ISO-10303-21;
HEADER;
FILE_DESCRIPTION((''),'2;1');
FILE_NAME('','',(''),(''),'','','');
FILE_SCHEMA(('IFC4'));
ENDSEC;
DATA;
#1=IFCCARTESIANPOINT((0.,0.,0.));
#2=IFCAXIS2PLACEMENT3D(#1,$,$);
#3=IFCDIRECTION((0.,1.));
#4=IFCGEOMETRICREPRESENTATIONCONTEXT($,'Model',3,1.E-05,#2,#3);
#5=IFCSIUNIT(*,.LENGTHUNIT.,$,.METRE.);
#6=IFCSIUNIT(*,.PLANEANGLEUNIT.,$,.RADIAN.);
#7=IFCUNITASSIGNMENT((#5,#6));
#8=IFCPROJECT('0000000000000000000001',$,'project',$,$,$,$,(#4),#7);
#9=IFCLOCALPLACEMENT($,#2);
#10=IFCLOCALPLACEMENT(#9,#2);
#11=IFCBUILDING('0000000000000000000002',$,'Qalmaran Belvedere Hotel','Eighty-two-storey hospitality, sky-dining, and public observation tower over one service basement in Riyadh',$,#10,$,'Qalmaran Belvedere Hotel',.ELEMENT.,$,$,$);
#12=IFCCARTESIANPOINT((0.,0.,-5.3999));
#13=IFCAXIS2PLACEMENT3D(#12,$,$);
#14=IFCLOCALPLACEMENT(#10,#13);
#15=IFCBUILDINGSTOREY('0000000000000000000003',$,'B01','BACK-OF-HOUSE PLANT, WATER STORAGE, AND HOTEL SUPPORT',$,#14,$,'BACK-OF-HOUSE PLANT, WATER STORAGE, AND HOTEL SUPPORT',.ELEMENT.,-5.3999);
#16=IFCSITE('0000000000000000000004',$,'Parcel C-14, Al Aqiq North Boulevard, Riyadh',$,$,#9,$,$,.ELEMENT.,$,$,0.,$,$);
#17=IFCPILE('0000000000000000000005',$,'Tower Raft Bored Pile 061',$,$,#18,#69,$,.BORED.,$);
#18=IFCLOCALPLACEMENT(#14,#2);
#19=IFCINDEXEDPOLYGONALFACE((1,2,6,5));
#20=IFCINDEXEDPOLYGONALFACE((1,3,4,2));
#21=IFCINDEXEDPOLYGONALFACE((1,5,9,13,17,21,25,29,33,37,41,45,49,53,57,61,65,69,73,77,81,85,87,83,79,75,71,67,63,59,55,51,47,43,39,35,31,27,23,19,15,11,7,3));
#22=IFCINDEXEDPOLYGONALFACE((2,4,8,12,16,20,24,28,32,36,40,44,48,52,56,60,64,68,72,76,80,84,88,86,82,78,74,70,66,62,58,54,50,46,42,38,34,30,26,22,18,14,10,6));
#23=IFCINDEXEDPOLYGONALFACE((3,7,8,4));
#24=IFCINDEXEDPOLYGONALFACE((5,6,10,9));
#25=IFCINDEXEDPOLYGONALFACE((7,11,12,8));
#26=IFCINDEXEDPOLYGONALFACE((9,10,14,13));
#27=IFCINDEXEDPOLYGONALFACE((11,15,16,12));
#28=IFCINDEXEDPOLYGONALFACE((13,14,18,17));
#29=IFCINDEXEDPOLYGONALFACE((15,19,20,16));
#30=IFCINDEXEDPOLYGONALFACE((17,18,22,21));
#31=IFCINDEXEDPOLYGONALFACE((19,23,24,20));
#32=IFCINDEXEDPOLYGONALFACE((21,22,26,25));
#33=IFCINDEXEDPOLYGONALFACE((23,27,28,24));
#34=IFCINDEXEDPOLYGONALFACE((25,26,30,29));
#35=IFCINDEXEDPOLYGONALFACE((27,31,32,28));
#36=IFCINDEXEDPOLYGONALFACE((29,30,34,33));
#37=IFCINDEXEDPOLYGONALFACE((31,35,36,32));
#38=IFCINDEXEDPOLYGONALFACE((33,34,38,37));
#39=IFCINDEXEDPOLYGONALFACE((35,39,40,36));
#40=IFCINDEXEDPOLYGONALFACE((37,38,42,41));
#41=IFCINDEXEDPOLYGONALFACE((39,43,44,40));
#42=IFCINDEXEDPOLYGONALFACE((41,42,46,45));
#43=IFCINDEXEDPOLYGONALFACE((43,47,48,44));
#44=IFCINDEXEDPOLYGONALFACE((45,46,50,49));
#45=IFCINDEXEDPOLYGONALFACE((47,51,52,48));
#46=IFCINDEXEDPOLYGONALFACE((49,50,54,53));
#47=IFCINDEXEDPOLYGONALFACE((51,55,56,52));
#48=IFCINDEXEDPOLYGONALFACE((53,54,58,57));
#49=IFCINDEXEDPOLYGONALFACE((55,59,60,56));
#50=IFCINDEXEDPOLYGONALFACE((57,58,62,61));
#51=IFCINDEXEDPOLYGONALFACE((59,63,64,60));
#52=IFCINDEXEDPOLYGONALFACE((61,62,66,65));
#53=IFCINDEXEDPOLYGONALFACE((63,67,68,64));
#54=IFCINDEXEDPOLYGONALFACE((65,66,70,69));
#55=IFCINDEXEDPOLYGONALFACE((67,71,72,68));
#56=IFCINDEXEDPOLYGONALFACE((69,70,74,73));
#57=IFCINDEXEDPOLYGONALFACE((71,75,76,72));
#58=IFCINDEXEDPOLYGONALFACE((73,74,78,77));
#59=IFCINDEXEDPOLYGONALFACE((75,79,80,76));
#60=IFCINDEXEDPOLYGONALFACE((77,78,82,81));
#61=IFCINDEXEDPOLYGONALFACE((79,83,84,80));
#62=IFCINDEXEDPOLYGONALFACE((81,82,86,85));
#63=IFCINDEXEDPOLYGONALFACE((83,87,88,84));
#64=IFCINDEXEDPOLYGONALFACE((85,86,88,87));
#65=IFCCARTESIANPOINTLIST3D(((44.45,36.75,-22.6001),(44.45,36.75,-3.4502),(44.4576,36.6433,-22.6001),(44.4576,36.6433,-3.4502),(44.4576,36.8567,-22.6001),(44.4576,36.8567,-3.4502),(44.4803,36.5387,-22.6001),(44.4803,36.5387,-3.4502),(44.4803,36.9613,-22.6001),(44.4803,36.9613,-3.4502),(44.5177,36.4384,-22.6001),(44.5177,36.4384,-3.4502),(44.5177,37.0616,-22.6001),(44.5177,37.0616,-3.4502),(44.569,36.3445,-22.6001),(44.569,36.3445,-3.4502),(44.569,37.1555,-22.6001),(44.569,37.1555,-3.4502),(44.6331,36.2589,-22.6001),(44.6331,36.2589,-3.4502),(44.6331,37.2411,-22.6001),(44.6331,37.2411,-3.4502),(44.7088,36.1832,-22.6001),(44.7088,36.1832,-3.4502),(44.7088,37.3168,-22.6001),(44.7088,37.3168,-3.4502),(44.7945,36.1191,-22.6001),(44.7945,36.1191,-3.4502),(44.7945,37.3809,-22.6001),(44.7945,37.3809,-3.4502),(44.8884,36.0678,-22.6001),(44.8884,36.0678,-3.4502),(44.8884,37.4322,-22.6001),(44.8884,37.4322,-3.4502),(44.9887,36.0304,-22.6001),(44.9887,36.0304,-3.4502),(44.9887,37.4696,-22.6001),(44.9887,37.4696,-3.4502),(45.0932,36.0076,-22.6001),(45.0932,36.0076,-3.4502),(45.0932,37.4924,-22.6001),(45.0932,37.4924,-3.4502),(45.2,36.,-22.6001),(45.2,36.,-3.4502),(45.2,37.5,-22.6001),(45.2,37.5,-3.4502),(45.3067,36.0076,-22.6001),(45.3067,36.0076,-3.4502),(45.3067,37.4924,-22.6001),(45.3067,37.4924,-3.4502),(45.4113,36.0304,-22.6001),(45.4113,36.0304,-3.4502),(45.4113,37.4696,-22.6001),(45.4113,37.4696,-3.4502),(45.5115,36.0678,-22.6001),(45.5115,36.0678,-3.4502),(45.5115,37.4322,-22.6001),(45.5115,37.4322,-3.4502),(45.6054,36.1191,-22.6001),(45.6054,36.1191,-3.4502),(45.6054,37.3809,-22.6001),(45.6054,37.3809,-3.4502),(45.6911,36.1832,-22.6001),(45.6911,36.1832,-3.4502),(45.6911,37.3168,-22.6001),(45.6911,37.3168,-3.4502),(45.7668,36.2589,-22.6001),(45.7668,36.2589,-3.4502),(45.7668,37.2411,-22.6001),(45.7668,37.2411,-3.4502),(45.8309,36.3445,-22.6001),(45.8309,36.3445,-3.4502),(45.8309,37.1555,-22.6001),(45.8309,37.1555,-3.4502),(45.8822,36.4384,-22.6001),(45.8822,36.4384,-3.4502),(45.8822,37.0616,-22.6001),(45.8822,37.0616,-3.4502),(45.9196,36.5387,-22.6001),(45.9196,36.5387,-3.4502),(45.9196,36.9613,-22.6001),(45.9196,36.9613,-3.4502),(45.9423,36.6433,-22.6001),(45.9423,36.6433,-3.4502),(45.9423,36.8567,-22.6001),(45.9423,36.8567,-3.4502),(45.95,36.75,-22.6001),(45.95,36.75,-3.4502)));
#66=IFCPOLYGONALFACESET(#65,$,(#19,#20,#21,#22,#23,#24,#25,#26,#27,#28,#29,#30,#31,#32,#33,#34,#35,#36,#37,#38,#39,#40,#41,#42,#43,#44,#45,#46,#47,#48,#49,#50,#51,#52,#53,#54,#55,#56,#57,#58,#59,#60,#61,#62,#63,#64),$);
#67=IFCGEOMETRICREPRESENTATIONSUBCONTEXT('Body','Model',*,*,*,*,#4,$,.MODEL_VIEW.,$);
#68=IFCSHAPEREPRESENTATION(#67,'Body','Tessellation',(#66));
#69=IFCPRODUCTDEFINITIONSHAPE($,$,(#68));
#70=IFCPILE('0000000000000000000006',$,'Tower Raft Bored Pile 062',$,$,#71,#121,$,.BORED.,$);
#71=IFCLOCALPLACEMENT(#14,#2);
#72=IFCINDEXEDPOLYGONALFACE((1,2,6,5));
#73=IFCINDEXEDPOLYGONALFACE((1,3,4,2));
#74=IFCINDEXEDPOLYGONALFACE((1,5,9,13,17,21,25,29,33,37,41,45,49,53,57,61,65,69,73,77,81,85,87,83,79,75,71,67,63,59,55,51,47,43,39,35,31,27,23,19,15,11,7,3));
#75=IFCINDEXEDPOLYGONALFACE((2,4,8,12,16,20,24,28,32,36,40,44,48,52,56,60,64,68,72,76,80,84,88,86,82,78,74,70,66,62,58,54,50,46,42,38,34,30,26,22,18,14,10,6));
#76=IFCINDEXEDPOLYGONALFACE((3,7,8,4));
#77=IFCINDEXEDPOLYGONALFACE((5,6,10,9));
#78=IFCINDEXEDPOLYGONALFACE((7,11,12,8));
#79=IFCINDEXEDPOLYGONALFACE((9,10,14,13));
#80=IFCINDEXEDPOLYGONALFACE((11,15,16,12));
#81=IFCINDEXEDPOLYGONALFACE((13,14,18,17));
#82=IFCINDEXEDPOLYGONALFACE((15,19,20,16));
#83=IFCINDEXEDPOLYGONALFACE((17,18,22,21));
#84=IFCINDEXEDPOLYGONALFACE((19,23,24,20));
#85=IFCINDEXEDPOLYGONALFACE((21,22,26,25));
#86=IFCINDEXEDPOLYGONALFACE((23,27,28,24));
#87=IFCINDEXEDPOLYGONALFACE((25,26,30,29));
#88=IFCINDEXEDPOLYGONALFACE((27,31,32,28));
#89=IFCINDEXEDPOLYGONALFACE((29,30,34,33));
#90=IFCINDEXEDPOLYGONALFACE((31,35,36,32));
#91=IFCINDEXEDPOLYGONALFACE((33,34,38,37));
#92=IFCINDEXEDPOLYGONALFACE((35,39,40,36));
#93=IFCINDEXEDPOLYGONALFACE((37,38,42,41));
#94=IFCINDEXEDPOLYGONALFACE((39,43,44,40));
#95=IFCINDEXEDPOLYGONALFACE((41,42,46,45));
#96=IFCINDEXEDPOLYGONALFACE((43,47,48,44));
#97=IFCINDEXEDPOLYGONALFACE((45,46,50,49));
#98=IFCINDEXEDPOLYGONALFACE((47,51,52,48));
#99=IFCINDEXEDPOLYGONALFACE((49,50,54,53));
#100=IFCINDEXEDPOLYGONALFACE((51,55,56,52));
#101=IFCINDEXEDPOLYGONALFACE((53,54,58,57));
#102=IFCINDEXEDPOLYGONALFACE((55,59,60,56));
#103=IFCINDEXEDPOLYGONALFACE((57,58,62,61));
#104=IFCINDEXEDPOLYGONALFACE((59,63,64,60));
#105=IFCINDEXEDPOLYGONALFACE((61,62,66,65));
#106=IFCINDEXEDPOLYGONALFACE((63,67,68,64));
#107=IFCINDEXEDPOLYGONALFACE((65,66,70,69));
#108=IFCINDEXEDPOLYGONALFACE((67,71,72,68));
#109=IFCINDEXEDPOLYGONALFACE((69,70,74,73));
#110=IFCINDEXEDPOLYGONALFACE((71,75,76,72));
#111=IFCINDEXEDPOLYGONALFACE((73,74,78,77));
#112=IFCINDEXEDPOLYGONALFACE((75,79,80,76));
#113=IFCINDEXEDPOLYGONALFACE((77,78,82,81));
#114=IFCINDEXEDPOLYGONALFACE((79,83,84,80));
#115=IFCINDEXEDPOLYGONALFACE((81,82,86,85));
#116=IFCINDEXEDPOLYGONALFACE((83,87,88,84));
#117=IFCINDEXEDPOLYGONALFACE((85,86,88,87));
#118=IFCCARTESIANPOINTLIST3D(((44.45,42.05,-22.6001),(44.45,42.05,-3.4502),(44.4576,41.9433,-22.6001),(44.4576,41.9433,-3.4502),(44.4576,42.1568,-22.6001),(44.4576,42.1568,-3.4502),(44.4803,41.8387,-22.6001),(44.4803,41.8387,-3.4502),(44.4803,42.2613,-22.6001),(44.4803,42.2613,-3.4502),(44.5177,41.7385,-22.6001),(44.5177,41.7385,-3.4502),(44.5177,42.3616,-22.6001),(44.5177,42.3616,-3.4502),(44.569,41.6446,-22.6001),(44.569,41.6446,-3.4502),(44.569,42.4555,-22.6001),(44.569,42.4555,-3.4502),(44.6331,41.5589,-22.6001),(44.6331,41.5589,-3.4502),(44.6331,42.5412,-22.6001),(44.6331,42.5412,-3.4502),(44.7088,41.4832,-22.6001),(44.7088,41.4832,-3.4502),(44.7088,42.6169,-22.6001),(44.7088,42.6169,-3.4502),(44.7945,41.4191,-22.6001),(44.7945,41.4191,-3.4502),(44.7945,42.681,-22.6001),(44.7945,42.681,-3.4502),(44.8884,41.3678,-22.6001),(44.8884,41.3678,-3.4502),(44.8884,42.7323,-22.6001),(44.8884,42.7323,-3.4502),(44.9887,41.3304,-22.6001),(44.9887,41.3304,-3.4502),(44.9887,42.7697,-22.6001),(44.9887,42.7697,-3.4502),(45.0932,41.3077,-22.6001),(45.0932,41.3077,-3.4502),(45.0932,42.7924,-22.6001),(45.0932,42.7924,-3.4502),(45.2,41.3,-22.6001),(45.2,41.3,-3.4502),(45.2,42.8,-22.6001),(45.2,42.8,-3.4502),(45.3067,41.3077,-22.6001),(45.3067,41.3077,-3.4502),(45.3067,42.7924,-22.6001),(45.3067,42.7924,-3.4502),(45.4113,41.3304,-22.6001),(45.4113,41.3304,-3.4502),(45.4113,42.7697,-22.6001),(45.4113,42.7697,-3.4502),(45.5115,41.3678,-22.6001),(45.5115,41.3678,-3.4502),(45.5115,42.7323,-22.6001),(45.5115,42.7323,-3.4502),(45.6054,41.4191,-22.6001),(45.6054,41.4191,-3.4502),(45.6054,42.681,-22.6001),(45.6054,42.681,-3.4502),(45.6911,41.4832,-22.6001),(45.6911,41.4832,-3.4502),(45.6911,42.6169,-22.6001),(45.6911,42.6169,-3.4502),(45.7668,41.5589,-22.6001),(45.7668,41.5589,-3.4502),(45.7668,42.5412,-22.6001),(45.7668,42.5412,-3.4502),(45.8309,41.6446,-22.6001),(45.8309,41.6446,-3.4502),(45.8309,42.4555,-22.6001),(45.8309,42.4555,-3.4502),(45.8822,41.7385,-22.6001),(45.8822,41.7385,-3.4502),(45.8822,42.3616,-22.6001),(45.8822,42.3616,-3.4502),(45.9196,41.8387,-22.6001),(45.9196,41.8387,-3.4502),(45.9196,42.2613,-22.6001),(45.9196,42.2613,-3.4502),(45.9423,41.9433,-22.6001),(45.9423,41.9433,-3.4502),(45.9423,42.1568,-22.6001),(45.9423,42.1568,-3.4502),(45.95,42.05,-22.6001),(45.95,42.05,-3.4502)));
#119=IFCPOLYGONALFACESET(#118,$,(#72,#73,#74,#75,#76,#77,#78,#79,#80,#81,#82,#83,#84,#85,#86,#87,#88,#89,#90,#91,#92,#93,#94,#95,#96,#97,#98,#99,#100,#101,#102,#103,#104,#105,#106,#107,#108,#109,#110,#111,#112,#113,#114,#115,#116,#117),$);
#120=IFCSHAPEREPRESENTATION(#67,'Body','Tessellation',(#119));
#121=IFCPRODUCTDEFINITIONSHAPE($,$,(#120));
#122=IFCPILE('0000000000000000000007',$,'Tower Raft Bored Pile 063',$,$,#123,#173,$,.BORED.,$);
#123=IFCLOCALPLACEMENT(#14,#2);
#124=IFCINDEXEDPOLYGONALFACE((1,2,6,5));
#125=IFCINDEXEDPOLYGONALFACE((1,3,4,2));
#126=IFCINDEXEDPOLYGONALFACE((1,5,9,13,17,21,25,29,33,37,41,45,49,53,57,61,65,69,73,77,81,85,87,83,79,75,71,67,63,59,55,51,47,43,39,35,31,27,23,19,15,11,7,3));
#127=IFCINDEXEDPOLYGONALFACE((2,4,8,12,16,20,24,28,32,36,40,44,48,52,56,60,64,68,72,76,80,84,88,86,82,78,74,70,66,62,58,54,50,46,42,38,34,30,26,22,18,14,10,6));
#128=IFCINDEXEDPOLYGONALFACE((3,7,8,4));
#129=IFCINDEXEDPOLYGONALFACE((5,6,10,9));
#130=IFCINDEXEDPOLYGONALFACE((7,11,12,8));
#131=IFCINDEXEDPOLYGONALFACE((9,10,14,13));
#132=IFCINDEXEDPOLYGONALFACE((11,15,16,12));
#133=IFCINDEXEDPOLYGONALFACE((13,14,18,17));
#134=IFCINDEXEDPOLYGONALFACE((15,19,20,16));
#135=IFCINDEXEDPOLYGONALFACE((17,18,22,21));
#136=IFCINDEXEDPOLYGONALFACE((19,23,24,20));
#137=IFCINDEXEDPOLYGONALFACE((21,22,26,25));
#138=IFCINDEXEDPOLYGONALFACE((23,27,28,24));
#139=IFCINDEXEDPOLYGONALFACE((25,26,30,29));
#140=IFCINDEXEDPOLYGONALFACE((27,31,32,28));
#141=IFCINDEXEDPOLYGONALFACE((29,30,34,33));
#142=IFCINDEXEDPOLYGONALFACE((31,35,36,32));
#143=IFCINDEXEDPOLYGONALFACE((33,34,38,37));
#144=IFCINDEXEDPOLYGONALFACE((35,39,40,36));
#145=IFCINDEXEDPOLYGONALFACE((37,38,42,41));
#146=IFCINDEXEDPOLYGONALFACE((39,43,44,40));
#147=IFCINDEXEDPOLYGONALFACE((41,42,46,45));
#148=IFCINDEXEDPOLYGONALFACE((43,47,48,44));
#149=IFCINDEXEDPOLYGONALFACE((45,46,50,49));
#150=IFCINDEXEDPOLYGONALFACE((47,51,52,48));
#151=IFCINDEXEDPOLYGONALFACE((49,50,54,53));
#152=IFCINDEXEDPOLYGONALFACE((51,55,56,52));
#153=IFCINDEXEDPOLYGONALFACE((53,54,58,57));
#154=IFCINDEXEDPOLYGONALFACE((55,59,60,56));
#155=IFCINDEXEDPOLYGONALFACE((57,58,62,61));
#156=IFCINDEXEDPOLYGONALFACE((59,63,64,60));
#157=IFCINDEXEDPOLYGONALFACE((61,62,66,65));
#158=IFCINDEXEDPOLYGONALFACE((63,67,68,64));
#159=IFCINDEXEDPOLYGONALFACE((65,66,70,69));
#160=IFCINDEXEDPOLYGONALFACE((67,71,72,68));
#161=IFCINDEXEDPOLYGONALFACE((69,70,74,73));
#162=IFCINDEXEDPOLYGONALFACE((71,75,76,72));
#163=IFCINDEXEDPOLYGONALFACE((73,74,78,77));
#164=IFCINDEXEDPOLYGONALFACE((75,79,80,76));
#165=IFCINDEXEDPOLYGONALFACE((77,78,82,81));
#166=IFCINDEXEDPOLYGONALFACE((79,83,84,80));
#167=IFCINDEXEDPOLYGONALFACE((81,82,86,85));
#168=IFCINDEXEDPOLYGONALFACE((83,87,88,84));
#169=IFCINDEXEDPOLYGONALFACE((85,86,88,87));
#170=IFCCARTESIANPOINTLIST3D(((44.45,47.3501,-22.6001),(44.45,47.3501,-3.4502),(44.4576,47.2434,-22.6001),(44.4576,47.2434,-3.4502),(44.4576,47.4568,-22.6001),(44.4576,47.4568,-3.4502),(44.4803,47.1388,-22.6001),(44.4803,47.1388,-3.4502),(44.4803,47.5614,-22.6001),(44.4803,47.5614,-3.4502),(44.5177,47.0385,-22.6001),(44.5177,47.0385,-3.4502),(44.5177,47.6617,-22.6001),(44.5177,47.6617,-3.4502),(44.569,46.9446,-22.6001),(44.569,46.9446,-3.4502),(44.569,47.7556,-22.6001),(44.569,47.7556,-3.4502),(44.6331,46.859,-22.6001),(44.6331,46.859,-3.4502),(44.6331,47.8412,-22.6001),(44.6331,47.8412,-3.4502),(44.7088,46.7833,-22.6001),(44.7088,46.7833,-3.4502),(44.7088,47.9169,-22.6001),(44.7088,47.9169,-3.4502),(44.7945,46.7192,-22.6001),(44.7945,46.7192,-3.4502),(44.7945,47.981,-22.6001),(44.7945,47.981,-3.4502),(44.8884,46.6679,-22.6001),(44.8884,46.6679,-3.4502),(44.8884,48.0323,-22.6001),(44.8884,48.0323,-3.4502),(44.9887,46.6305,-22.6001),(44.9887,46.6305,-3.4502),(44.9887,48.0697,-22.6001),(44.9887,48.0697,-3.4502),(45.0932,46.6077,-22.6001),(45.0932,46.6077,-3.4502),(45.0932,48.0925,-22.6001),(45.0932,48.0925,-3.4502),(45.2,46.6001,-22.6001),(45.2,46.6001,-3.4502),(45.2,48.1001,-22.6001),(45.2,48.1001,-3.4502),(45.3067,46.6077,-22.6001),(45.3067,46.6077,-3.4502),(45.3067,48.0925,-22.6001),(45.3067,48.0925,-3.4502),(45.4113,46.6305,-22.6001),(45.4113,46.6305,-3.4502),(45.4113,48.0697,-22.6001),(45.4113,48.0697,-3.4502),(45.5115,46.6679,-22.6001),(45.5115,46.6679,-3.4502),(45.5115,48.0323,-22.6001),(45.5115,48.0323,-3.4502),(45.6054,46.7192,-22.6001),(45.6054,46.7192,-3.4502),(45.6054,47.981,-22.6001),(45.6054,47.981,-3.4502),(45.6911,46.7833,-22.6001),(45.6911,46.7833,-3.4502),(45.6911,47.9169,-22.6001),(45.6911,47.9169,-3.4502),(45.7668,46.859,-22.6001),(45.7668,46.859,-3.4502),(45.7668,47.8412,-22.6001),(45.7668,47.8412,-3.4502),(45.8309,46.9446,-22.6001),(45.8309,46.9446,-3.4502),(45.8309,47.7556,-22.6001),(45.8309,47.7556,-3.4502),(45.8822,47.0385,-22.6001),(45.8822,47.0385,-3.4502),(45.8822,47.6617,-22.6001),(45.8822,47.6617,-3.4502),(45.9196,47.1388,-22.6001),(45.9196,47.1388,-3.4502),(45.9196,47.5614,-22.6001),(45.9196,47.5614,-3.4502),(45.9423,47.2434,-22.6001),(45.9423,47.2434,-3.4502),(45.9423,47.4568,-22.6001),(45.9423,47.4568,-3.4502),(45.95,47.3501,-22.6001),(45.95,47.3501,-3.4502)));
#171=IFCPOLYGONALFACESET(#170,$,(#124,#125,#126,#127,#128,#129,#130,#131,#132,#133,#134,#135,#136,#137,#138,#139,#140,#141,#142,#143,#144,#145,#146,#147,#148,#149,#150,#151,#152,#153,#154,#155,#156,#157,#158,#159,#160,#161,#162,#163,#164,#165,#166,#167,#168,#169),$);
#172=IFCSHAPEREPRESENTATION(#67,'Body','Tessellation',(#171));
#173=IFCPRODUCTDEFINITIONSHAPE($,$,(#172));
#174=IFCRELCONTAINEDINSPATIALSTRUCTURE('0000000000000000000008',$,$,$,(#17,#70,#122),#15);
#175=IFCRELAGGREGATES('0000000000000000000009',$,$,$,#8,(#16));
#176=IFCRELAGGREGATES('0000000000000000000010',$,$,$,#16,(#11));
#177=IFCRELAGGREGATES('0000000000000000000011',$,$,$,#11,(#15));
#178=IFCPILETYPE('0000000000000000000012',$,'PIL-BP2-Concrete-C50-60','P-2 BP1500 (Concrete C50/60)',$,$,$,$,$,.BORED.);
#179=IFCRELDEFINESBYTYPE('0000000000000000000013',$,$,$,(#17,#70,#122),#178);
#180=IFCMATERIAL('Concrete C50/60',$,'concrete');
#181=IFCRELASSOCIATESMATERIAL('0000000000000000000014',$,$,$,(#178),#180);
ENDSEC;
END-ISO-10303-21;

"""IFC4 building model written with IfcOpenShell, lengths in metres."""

from ifc_helpers import new_model, si_unit, direction, frame, origin, origin_2d, place, context, subcontext, project, spatial, circle, extrude, material, material_profile, profile_set, type_object, element, save


model = new_model("IFC4")

# Units and contexts
model_context = context("Model", 3, precision=1e-05, world=origin(), true_north=direction((0.0, 1.0)))
body_context = subcontext(model_context, "Body", "Model", "MODEL_VIEW")
ifc_project = project(units=[si_unit("LENGTHUNIT", "METRE"), si_unit("PLANEANGLEUNIT", "RADIAN")], contexts=[model_context])

# Site, building, storey
site_placement = place(None, origin())
site = spatial("IfcSite", under=ifc_project, at=site_placement, Name="Parcel C-14, Al Aqiq North Boulevard, Riyadh", CompositionType="ELEMENT", RefElevation=0.0)
building_placement = place(site_placement, origin())
building = spatial("IfcBuilding", under=site, at=building_placement, Name="Qalmaran Belvedere Hotel", Description="Eighty-two-storey hospitality, sky-dining, and public observation tower over one service basement in Riyadh", LongName="Qalmaran Belvedere Hotel", CompositionType="ELEMENT")
storey_placement = place(building_placement, frame((0.0, 0.0, -5.3999)))
storey = spatial("IfcBuildingStorey", under=building, at=storey_placement, Name="B01", Description="BACK-OF-HOUSE PLANT, WATER STORAGE, AND HOTEL SUPPORT", LongName="BACK-OF-HOUSE PLANT, WATER STORAGE, AND HOTEL SUPPORT", CompositionType="ELEMENT", Elevation=-5.3999)

# Shared definitions
ifc_material_1 = material(Name="Concrete C50/60", Category="concrete")

# Piles
ifc_material_profile_1 = material_profile(ifc_material_1, circle(Radius=0.75, at=origin_2d()), Name="BP1500")
ifc_profile_set_1 = profile_set([ifc_material_profile_1], Name="Concrete C50/60")
pile_type = type_object("IfcPileType", Name="PIL-BP2-Concrete-C50-60", Description="P-2 BP1500 (Concrete C50/60)", PredefinedType="BORED", material=ifc_profile_set_1)
for number, where, z_axis, x_axis, name in (
    (1, (45.2, 36.75, -3.4502), (0.0, 0.0, -1.0), (1.0, 0.0, 0.0), "Tower Raft Bored Pile 061"),
    (2, (45.2, 42.05, -3.4502), (0.0, 0.0, -1.0), (1.0, 0.0, 0.0), "Tower Raft Bored Pile 062"),
    (3, (45.2, 47.3501, -3.4502), (0.0, 0.0, -1.0), (1.0, 0.0, 0.0), "Tower Raft Bored Pile 063"),
):
    element("IfcPile", number, at=place(storey_placement, frame(where, z_axis=z_axis, x_axis=x_axis)), inside=storey, type_object=pile_type, Name=name, PredefinedType="BORED", context=body_context, shape_type="SweptSolid", body=[
        extrude(circle(Radius=0.75, at=origin_2d()), origin(), (0.0, 0.0, 1.0), 19.1499),
    ])

save(model, "model.ifc")
